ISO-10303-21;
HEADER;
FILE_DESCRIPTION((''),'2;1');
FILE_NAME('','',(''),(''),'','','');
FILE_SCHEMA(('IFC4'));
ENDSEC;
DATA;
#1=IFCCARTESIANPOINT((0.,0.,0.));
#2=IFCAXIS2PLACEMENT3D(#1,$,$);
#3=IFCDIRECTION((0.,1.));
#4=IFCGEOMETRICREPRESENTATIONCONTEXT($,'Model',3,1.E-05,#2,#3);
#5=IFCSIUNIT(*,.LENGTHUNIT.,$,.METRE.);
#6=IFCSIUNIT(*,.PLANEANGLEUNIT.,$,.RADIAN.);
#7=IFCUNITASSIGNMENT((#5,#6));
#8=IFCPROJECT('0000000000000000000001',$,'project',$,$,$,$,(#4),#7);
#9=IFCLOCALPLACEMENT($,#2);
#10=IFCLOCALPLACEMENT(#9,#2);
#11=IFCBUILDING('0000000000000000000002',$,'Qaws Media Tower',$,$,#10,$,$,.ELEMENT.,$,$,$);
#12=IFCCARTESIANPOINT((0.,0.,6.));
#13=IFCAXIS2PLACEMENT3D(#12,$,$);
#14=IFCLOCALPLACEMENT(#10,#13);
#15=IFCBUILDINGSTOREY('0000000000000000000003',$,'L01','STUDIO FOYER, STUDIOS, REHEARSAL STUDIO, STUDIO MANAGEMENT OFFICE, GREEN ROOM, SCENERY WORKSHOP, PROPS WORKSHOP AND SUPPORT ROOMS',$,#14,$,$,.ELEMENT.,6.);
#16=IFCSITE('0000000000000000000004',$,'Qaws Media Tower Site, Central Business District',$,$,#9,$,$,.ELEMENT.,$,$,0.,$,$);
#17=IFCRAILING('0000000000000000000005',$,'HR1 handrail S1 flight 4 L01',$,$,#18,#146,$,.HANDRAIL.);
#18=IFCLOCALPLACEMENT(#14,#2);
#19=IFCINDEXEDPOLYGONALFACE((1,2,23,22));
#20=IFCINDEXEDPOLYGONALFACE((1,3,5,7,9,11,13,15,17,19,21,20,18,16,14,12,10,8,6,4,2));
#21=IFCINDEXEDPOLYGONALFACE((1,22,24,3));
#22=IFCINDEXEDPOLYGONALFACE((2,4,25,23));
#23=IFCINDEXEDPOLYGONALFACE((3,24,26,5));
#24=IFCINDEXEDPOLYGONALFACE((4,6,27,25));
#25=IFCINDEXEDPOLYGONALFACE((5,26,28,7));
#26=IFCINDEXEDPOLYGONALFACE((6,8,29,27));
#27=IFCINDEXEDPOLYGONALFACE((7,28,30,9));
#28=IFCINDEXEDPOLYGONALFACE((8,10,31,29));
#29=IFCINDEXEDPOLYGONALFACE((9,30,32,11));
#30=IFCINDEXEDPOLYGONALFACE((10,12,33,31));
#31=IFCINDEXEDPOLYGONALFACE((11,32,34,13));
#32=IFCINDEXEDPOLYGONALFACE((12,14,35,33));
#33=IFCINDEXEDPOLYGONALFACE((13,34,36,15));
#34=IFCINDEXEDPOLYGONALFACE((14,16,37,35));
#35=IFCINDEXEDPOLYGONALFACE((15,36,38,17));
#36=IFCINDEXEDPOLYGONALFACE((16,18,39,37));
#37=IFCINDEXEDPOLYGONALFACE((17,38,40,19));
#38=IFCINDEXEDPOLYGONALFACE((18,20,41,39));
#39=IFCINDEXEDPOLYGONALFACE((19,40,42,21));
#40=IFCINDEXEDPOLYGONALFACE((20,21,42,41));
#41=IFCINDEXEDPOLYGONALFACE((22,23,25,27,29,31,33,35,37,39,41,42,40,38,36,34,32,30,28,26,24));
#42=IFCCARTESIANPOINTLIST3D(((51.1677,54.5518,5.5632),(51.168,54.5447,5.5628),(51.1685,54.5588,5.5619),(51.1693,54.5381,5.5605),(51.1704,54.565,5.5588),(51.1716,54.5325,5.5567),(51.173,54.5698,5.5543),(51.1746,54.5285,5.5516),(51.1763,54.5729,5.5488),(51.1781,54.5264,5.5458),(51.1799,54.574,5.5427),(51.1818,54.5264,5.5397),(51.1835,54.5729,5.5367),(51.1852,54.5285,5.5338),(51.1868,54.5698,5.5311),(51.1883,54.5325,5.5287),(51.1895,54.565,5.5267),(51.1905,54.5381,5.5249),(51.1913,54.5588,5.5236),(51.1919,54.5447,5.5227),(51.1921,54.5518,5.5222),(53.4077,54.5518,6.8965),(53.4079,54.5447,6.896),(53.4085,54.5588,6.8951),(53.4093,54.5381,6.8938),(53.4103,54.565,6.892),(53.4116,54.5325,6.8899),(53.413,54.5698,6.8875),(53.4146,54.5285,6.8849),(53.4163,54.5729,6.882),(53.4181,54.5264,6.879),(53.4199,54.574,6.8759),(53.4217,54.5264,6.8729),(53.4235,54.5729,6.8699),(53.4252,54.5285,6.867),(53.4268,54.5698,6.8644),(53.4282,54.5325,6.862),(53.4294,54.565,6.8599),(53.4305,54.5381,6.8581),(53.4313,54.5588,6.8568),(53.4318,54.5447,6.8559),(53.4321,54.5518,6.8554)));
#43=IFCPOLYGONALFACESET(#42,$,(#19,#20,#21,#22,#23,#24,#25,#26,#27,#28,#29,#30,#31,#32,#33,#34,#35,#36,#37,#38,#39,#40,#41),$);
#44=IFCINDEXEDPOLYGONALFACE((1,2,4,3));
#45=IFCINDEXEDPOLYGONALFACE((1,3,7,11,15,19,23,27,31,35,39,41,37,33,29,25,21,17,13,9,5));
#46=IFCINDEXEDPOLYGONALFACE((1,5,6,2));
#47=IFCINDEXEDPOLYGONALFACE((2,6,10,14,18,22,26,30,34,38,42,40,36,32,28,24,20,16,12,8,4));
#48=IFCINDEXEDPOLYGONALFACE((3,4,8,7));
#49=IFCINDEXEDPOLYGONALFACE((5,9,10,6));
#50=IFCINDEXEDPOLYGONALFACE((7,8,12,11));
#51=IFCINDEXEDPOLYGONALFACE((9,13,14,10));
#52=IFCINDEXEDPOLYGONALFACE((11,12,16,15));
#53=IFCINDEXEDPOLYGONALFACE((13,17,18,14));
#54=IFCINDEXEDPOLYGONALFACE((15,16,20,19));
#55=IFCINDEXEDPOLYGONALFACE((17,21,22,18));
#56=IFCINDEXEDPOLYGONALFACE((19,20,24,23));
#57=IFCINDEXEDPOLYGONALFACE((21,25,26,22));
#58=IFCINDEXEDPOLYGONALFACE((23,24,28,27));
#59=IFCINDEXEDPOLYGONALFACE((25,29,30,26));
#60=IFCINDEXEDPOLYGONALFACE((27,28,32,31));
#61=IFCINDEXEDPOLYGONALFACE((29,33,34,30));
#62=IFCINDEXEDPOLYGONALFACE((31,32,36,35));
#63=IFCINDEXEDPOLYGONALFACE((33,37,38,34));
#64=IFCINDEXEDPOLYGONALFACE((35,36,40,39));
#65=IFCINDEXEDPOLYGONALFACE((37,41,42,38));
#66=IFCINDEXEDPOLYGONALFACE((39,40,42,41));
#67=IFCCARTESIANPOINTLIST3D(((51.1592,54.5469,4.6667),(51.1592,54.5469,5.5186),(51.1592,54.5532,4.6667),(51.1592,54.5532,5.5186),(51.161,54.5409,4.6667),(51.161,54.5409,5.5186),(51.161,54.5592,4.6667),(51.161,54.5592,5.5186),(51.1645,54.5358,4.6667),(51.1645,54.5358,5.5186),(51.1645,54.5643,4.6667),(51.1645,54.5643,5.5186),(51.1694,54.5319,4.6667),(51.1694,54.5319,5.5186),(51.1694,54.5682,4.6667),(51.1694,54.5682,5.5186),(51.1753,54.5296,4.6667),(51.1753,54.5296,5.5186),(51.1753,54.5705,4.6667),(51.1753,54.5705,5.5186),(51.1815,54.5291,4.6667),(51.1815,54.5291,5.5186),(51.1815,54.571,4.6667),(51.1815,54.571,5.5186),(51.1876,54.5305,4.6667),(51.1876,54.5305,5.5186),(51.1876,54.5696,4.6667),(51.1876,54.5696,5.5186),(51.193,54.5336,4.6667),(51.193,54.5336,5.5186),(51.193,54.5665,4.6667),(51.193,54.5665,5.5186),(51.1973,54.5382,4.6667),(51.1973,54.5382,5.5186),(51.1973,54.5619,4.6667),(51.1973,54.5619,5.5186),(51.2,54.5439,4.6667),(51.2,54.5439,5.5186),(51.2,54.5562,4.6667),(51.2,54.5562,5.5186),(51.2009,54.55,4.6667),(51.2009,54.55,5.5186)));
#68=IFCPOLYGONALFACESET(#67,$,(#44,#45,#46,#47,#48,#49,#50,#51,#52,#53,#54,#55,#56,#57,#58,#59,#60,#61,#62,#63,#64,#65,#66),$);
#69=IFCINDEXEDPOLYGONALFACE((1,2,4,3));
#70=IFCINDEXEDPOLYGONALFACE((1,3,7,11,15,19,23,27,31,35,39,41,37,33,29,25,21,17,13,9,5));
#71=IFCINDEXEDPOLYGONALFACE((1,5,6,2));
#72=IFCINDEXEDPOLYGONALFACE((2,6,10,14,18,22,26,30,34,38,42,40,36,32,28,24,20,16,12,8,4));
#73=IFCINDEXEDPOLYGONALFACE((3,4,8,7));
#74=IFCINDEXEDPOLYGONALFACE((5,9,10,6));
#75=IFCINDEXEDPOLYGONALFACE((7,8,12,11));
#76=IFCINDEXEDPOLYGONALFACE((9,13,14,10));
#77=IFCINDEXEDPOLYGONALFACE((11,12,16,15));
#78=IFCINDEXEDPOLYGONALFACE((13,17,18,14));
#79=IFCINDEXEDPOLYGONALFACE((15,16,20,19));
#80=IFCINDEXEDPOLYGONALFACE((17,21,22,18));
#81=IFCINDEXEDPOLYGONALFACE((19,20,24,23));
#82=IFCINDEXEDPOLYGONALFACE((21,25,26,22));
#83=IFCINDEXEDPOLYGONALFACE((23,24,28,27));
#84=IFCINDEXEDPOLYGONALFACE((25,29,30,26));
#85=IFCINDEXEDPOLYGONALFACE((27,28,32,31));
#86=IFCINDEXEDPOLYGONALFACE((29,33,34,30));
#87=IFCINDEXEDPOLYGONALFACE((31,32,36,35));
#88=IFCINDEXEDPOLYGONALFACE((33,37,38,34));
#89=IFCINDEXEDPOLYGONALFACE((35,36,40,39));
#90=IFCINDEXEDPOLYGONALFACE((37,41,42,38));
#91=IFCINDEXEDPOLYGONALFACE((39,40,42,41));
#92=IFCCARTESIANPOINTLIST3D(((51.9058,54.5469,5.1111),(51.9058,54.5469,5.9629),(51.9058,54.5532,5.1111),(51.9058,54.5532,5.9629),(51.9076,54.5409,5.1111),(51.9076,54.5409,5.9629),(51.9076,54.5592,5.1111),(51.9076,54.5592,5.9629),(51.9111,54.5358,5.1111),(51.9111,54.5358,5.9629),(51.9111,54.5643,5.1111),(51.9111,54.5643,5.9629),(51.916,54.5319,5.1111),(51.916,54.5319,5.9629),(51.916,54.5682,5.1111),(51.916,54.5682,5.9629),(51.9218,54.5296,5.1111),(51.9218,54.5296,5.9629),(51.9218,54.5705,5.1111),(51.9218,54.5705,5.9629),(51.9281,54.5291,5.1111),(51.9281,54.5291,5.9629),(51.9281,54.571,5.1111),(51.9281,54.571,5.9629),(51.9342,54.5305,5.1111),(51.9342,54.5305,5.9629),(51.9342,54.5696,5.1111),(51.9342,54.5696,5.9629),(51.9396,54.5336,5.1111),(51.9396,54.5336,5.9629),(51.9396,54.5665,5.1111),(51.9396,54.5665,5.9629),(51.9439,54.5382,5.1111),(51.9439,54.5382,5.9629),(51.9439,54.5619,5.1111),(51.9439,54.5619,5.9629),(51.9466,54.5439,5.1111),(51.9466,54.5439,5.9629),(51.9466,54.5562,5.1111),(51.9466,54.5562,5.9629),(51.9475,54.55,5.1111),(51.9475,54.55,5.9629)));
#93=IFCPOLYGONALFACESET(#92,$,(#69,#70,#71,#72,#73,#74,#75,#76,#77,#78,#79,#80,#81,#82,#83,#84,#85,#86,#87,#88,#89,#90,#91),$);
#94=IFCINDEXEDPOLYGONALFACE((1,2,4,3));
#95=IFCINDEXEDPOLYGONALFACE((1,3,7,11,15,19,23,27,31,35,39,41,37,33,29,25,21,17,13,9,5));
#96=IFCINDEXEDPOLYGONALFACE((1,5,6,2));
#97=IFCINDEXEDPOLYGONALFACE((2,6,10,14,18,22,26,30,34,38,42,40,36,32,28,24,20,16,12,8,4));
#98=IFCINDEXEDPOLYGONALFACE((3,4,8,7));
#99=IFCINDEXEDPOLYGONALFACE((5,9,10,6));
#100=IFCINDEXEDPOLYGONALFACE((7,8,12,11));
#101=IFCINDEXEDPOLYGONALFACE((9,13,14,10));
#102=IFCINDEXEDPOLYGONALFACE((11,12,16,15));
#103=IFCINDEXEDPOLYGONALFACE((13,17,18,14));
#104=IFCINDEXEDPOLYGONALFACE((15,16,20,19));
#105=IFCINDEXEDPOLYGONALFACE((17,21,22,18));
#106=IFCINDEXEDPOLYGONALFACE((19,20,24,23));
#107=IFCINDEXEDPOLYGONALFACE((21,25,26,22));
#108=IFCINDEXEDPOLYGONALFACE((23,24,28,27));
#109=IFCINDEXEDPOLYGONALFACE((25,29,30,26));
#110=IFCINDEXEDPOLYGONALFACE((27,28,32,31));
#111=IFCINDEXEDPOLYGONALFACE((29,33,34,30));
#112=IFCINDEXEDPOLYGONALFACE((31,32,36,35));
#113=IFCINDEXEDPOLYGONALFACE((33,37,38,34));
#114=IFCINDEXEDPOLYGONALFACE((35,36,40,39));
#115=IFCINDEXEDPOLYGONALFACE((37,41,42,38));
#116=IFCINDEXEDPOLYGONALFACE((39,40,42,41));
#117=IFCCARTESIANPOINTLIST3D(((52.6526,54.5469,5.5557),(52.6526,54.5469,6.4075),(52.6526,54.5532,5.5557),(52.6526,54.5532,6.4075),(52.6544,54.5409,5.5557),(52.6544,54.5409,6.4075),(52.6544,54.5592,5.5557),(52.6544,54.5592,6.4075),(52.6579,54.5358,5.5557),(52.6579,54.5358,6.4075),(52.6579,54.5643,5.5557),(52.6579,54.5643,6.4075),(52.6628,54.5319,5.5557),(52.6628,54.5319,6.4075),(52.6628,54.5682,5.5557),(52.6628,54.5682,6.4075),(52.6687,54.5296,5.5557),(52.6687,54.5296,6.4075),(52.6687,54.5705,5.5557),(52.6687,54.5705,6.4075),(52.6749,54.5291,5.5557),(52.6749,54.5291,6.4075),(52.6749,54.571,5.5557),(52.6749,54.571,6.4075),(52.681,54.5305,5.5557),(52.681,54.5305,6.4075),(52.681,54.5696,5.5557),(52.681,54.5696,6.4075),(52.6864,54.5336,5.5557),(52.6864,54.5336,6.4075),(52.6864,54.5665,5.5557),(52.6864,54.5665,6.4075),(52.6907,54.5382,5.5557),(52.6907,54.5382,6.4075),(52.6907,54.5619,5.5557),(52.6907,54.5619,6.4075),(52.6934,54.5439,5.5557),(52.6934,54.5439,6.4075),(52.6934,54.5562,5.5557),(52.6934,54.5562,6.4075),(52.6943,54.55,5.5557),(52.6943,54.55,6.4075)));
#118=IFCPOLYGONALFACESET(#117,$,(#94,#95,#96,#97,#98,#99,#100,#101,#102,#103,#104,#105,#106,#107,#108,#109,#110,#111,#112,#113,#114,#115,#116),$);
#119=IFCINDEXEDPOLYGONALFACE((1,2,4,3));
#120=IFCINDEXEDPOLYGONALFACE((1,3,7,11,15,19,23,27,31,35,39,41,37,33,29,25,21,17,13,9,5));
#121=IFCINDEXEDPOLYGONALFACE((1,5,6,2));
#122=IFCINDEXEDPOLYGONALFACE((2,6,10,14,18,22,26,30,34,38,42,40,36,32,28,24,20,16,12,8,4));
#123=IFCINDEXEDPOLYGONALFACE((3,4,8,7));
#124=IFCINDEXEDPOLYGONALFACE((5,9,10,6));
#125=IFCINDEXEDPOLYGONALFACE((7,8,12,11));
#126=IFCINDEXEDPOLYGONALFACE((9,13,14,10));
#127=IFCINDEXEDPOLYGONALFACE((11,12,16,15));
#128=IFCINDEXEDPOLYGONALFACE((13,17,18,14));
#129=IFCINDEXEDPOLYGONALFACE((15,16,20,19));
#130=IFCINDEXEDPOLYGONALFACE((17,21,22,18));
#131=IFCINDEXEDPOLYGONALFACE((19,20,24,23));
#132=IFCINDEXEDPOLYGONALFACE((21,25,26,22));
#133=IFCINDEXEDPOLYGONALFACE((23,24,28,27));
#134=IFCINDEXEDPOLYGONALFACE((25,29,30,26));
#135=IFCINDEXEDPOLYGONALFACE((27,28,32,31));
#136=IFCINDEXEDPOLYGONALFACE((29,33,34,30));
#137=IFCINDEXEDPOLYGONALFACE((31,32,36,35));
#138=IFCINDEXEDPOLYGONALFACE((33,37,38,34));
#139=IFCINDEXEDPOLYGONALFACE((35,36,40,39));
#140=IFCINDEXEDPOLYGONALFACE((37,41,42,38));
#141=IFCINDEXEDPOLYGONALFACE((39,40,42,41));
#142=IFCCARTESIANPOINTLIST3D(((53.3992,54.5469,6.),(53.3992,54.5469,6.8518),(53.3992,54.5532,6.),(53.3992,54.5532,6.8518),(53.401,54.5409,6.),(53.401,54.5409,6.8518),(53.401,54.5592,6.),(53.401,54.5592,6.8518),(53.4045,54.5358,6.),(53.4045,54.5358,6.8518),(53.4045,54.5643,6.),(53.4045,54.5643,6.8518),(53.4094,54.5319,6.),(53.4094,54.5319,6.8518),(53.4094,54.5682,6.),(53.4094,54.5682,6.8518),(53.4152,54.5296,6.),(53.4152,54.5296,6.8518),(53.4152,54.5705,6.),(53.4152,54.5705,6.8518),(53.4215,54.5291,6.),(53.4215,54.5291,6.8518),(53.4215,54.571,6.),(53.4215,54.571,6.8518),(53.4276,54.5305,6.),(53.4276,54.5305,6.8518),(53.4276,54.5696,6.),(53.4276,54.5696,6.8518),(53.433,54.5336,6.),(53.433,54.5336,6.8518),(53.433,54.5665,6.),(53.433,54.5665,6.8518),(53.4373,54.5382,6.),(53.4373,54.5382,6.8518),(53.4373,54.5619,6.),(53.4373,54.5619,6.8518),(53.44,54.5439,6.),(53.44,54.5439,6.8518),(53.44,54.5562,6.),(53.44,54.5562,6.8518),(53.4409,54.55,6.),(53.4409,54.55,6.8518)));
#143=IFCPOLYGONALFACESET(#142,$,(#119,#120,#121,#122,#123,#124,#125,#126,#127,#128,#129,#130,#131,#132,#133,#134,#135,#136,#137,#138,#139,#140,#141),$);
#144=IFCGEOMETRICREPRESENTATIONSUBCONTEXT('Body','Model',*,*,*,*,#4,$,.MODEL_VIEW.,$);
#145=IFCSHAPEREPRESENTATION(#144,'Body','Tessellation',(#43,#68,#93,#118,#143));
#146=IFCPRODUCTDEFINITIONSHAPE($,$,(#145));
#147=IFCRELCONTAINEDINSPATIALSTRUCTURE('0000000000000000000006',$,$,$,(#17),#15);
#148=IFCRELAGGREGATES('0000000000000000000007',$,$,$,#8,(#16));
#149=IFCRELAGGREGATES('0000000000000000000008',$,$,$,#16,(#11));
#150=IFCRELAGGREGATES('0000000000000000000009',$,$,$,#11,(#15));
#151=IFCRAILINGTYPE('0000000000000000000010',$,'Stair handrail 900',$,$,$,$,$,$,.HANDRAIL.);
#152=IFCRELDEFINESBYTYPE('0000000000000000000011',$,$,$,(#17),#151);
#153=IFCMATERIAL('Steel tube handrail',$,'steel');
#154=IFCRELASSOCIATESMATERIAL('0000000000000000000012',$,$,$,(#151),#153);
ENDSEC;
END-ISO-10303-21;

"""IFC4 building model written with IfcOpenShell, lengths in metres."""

from ifc_helpers import new_model, si_unit, direction, frame, origin, origin_2d, place, context, subcontext, project, spatial, circle, extrude, material, type_object, element, save


model = new_model("IFC4")

# Units and contexts
model_context = context("Model", 3, precision=1e-05, world=origin(), true_north=direction((0.0, 1.0)))
body_context = subcontext(model_context, "Body", "Model", "MODEL_VIEW")
ifc_project = project(units=[si_unit("LENGTHUNIT", "METRE"), si_unit("PLANEANGLEUNIT", "RADIAN")], contexts=[model_context])

# Site, building, storey
site_placement = place(None, origin())
site = spatial("IfcSite", under=ifc_project, at=site_placement, Name="Qaws Media Tower Site, Central Business District", CompositionType="ELEMENT", RefElevation=0.0)
building_placement = place(site_placement, origin())
building = spatial("IfcBuilding", under=site, at=building_placement, Name="Qaws Media Tower", CompositionType="ELEMENT")
storey_placement = place(building_placement, frame((0.0, 0.0, 6.0)))
storey = spatial("IfcBuildingStorey", under=building, at=storey_placement, Name="L01", Description="STUDIO FOYER, STUDIOS, REHEARSAL STUDIO, STUDIO MANAGEMENT OFFICE, GREEN ROOM, SCENERY WORKSHOP, PROPS WORKSHOP AND SUPPORT ROOMS", CompositionType="ELEMENT", Elevation=6.0)

# Railing
ifc_material_1 = material(Name="Steel tube handrail", Category="steel")
railing_type = type_object("IfcRailingType", Name="Stair handrail 900", PredefinedType="HANDRAIL", material=ifc_material_1)
for number, where, name in (
    (1, (51.1799, 54.55, 4.6667), "HR1 handrail S1 flight 4 L01"),
):
    element("IfcRailing", number, at=place(storey_placement, frame(where)), inside=storey, type_object=railing_type, Name=name, PredefinedType="HANDRAIL", context=body_context, shape_type="SweptSolid", body=[
        extrude(circle(Radius=0.0239, at=origin_2d()), frame((0.0, 0.0, 0.876), z_axis=(0.859306, 0.0, 0.511462), x_axis=(0.0, 1.0, 0.0)), (0.0, 0.0, 1.0), 2.6067),
        extrude(circle(Radius=0.021, at=origin_2d()), origin(), (0.0, 0.0, 1.0), 0.8518),
        extrude(circle(Radius=0.021, at=origin_2d()), frame((0.7466, 0.0, 0.4443)), (0.0, 0.0, 1.0), 0.8518),
        extrude(circle(Radius=0.021, at=origin_2d()), frame((1.4934, 0.0, 0.8889)), (0.0, 0.0, 1.0), 0.8518),
        extrude(circle(Radius=0.021, at=origin_2d()), frame((2.24, 0.0, 1.3333)), (0.0, 0.0, 1.0), 0.8518),
    ])

save(model, "model.ifc")
